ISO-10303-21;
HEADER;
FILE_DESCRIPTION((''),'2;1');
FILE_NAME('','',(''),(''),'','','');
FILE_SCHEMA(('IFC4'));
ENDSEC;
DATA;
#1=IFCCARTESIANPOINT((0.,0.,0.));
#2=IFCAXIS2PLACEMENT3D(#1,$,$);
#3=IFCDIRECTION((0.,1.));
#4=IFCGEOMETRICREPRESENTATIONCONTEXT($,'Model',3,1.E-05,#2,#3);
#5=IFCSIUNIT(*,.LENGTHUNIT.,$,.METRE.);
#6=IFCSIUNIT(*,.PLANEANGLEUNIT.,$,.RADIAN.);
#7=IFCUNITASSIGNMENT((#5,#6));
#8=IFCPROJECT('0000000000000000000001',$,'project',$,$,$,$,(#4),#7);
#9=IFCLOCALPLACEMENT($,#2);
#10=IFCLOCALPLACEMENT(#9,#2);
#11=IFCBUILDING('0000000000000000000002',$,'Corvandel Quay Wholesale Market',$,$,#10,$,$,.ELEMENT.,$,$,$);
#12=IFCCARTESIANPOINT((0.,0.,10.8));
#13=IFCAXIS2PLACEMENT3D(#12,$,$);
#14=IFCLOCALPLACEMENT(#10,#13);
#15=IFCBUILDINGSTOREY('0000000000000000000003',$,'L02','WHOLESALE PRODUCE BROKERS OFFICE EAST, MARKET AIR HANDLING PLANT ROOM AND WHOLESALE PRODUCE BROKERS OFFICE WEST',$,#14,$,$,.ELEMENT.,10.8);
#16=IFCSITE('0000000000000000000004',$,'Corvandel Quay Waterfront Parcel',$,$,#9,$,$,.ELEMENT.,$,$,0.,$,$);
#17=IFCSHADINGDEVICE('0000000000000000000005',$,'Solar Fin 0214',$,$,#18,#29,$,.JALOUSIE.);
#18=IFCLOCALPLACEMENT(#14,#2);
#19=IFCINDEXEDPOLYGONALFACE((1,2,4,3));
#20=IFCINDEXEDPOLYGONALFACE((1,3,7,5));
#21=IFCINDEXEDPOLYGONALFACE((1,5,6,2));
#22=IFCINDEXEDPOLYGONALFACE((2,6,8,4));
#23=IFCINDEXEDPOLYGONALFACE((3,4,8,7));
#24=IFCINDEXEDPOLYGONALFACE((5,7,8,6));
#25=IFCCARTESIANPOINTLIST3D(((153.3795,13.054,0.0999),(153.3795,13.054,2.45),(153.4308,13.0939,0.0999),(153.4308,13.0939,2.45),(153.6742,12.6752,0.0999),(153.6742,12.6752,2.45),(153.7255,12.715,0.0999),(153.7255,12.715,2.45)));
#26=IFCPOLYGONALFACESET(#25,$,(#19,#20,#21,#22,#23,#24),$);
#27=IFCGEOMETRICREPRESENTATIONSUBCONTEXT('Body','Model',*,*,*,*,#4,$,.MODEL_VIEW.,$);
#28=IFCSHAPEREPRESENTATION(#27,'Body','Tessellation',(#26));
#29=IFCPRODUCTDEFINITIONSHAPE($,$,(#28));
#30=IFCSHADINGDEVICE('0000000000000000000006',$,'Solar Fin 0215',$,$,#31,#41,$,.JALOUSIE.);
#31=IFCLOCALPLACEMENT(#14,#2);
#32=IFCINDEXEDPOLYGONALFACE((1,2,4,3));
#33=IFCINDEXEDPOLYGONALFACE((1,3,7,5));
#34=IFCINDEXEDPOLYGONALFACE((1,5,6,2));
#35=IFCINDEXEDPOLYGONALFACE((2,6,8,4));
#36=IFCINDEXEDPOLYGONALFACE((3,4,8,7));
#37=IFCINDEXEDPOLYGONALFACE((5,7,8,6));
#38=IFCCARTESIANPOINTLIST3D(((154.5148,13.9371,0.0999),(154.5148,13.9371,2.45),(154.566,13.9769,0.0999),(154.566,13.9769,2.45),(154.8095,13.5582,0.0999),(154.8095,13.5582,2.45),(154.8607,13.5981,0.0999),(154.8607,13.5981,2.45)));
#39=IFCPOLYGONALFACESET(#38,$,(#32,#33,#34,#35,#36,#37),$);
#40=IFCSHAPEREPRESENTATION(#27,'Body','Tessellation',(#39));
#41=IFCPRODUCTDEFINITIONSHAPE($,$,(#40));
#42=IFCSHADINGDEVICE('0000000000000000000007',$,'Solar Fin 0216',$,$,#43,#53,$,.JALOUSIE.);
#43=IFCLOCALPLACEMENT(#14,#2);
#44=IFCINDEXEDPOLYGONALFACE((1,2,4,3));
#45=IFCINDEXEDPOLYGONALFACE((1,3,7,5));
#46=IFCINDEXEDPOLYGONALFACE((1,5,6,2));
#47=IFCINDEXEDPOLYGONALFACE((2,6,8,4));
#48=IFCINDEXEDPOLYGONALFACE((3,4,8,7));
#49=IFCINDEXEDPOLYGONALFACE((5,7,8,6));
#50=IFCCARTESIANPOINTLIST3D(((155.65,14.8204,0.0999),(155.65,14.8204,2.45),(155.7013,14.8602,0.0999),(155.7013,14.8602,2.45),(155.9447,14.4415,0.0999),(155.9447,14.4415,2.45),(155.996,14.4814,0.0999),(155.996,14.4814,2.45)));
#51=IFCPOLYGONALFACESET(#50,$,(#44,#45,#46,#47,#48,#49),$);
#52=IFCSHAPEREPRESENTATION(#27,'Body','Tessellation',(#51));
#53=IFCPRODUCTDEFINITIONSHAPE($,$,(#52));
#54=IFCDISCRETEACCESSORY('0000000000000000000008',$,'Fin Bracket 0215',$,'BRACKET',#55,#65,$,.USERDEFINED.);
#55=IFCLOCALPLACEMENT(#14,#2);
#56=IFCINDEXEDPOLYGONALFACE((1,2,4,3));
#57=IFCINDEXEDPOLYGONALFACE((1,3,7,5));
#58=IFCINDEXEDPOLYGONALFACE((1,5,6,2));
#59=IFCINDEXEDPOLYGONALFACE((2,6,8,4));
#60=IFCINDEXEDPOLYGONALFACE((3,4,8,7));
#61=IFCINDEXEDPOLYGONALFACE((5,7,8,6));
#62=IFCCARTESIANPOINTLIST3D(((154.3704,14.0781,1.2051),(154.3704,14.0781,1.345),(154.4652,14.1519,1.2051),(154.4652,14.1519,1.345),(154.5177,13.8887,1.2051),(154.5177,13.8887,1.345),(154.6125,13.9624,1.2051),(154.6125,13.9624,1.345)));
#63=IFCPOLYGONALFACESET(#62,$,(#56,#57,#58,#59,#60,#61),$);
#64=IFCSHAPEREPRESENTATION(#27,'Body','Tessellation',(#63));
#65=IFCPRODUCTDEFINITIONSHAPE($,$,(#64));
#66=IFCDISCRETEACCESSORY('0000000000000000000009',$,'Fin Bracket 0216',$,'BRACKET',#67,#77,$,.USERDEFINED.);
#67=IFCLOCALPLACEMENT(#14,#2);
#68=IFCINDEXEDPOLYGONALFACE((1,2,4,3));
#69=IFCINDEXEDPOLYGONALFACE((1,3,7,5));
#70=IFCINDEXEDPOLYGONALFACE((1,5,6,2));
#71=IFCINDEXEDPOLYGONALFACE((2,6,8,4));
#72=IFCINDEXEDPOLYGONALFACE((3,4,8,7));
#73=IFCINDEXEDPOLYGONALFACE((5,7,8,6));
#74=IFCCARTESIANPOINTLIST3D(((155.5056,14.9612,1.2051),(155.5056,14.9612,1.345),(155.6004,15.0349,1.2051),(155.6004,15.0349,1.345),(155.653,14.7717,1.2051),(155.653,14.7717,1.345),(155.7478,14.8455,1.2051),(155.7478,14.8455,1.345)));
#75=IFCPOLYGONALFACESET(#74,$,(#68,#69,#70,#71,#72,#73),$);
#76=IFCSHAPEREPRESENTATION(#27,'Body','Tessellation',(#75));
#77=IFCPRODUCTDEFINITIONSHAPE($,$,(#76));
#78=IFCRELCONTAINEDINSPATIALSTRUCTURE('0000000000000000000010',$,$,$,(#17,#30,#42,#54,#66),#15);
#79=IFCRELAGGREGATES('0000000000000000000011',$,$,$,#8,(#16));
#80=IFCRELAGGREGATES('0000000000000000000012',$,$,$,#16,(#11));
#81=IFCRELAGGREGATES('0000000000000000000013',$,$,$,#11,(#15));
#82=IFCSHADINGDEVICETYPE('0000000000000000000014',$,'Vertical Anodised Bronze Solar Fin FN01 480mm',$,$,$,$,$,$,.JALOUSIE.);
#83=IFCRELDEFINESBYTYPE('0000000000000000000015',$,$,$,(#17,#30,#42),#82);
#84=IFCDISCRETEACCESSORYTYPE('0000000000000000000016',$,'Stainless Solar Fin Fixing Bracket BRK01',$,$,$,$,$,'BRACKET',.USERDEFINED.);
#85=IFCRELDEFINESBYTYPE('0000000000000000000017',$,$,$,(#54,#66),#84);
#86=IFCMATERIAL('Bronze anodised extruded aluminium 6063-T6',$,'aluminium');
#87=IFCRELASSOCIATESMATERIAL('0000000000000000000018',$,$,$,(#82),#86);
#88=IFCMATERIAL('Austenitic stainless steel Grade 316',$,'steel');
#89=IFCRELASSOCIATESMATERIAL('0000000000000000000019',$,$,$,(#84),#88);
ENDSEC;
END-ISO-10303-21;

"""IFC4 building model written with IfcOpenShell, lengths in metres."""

from ifc_helpers import new_model, si_unit, direction, frame, origin, origin_2d, place, context, subcontext, project, spatial, rectangle, extrude, material, type_object, element, save


model = new_model("IFC4")

# Units and contexts
model_context = context("Model", 3, precision=1e-05, world=origin(), true_north=direction((0.0, 1.0)))
body_context = subcontext(model_context, "Body", "Model", "MODEL_VIEW")
ifc_project = project(units=[si_unit("LENGTHUNIT", "METRE"), si_unit("PLANEANGLEUNIT", "RADIAN")], contexts=[model_context])

# Site, building, storey
site_placement = place(None, origin())
site = spatial("IfcSite", under=ifc_project, at=site_placement, Name="Corvandel Quay Waterfront Parcel", CompositionType="ELEMENT", RefElevation=0.0)
building_placement = place(site_placement, origin())
building = spatial("IfcBuilding", under=site, at=building_placement, Name="Corvandel Quay Wholesale Market", CompositionType="ELEMENT")
storey_placement = place(building_placement, frame((0.0, 0.0, 10.8)))
storey = spatial("IfcBuildingStorey", under=building, at=storey_placement, Name="L02", Description="WHOLESALE PRODUCE BROKERS OFFICE EAST, MARKET AIR HANDLING PLANT ROOM AND WHOLESALE PRODUCE BROKERS OFFICE WEST", CompositionType="ELEMENT", Elevation=10.8)

# Shading devices
ifc_material_1 = material(Name="Bronze anodised extruded aluminium 6063-T6", Category="aluminium")
shading_device_type = type_object("IfcShadingDeviceType", Name="Vertical Anodised Bronze Solar Fin FN01 480mm", PredefinedType="JALOUSIE", material=ifc_material_1)
for number, where, z_axis, x_axis, name in (
    (1, (153.5525, 12.8845, 0.0999), (0.0, 0.0, 1.0), (-0.61401, 0.789298, 0.0), "Solar Fin 0214"),
    (2, (154.6877, 13.7676, 0.0999), (0.0, 0.0, 1.0), (-0.61401, 0.789298, 0.0), "Solar Fin 0215"),
    (3, (155.823, 14.6509, 0.0999), (0.0, 0.0, 1.0), (-0.61401, 0.789298, 0.0), "Solar Fin 0216"),
):
    element("IfcShadingDevice", number, at=place(storey_placement, frame(where, z_axis=z_axis, x_axis=x_axis)), inside=storey, type_object=shading_device_type, Name=name, PredefinedType="JALOUSIE", context=body_context, shape_type="SweptSolid", body=[
        extrude(rectangle(XDim=0.48, YDim=0.0649, at=origin_2d()), origin(), (0.0, 0.0, 1.0), 2.3501),
    ])

# Discrete accessories
ifc_material_2 = material(Name="Austenitic stainless steel Grade 316", Category="steel")
discrete_accessory_type = type_object("IfcDiscreteAccessoryType", Name="Stainless Solar Fin Fixing Bracket BRK01", ElementType="BRACKET", PredefinedType="USERDEFINED", material=ifc_material_2)
for number, where, z_axis, x_axis, name in (
    (4, (154.4915, 14.0203, 1.2051), (0.0, 0.0, 1.0), (-0.61401, 0.789298, 0.0), "Fin Bracket 0215"),
    (5, (155.6267, 14.9033, 1.2051), (0.0, 0.0, 1.0), (-0.61401, 0.789298, 0.0), "Fin Bracket 0216"),
):
    element("IfcDiscreteAccessory", number, at=place(storey_placement, frame(where, z_axis=z_axis, x_axis=x_axis)), inside=storey, type_object=discrete_accessory_type, Name=name, ObjectType="BRACKET", PredefinedType="USERDEFINED", context=body_context, shape_type="SweptSolid", body=[
        extrude(rectangle(XDim=0.24, YDim=0.1201, at=origin_2d()), origin(), (0.0, 0.0, 1.0), 0.1399),
    ])

save(model, "model.ifc")
